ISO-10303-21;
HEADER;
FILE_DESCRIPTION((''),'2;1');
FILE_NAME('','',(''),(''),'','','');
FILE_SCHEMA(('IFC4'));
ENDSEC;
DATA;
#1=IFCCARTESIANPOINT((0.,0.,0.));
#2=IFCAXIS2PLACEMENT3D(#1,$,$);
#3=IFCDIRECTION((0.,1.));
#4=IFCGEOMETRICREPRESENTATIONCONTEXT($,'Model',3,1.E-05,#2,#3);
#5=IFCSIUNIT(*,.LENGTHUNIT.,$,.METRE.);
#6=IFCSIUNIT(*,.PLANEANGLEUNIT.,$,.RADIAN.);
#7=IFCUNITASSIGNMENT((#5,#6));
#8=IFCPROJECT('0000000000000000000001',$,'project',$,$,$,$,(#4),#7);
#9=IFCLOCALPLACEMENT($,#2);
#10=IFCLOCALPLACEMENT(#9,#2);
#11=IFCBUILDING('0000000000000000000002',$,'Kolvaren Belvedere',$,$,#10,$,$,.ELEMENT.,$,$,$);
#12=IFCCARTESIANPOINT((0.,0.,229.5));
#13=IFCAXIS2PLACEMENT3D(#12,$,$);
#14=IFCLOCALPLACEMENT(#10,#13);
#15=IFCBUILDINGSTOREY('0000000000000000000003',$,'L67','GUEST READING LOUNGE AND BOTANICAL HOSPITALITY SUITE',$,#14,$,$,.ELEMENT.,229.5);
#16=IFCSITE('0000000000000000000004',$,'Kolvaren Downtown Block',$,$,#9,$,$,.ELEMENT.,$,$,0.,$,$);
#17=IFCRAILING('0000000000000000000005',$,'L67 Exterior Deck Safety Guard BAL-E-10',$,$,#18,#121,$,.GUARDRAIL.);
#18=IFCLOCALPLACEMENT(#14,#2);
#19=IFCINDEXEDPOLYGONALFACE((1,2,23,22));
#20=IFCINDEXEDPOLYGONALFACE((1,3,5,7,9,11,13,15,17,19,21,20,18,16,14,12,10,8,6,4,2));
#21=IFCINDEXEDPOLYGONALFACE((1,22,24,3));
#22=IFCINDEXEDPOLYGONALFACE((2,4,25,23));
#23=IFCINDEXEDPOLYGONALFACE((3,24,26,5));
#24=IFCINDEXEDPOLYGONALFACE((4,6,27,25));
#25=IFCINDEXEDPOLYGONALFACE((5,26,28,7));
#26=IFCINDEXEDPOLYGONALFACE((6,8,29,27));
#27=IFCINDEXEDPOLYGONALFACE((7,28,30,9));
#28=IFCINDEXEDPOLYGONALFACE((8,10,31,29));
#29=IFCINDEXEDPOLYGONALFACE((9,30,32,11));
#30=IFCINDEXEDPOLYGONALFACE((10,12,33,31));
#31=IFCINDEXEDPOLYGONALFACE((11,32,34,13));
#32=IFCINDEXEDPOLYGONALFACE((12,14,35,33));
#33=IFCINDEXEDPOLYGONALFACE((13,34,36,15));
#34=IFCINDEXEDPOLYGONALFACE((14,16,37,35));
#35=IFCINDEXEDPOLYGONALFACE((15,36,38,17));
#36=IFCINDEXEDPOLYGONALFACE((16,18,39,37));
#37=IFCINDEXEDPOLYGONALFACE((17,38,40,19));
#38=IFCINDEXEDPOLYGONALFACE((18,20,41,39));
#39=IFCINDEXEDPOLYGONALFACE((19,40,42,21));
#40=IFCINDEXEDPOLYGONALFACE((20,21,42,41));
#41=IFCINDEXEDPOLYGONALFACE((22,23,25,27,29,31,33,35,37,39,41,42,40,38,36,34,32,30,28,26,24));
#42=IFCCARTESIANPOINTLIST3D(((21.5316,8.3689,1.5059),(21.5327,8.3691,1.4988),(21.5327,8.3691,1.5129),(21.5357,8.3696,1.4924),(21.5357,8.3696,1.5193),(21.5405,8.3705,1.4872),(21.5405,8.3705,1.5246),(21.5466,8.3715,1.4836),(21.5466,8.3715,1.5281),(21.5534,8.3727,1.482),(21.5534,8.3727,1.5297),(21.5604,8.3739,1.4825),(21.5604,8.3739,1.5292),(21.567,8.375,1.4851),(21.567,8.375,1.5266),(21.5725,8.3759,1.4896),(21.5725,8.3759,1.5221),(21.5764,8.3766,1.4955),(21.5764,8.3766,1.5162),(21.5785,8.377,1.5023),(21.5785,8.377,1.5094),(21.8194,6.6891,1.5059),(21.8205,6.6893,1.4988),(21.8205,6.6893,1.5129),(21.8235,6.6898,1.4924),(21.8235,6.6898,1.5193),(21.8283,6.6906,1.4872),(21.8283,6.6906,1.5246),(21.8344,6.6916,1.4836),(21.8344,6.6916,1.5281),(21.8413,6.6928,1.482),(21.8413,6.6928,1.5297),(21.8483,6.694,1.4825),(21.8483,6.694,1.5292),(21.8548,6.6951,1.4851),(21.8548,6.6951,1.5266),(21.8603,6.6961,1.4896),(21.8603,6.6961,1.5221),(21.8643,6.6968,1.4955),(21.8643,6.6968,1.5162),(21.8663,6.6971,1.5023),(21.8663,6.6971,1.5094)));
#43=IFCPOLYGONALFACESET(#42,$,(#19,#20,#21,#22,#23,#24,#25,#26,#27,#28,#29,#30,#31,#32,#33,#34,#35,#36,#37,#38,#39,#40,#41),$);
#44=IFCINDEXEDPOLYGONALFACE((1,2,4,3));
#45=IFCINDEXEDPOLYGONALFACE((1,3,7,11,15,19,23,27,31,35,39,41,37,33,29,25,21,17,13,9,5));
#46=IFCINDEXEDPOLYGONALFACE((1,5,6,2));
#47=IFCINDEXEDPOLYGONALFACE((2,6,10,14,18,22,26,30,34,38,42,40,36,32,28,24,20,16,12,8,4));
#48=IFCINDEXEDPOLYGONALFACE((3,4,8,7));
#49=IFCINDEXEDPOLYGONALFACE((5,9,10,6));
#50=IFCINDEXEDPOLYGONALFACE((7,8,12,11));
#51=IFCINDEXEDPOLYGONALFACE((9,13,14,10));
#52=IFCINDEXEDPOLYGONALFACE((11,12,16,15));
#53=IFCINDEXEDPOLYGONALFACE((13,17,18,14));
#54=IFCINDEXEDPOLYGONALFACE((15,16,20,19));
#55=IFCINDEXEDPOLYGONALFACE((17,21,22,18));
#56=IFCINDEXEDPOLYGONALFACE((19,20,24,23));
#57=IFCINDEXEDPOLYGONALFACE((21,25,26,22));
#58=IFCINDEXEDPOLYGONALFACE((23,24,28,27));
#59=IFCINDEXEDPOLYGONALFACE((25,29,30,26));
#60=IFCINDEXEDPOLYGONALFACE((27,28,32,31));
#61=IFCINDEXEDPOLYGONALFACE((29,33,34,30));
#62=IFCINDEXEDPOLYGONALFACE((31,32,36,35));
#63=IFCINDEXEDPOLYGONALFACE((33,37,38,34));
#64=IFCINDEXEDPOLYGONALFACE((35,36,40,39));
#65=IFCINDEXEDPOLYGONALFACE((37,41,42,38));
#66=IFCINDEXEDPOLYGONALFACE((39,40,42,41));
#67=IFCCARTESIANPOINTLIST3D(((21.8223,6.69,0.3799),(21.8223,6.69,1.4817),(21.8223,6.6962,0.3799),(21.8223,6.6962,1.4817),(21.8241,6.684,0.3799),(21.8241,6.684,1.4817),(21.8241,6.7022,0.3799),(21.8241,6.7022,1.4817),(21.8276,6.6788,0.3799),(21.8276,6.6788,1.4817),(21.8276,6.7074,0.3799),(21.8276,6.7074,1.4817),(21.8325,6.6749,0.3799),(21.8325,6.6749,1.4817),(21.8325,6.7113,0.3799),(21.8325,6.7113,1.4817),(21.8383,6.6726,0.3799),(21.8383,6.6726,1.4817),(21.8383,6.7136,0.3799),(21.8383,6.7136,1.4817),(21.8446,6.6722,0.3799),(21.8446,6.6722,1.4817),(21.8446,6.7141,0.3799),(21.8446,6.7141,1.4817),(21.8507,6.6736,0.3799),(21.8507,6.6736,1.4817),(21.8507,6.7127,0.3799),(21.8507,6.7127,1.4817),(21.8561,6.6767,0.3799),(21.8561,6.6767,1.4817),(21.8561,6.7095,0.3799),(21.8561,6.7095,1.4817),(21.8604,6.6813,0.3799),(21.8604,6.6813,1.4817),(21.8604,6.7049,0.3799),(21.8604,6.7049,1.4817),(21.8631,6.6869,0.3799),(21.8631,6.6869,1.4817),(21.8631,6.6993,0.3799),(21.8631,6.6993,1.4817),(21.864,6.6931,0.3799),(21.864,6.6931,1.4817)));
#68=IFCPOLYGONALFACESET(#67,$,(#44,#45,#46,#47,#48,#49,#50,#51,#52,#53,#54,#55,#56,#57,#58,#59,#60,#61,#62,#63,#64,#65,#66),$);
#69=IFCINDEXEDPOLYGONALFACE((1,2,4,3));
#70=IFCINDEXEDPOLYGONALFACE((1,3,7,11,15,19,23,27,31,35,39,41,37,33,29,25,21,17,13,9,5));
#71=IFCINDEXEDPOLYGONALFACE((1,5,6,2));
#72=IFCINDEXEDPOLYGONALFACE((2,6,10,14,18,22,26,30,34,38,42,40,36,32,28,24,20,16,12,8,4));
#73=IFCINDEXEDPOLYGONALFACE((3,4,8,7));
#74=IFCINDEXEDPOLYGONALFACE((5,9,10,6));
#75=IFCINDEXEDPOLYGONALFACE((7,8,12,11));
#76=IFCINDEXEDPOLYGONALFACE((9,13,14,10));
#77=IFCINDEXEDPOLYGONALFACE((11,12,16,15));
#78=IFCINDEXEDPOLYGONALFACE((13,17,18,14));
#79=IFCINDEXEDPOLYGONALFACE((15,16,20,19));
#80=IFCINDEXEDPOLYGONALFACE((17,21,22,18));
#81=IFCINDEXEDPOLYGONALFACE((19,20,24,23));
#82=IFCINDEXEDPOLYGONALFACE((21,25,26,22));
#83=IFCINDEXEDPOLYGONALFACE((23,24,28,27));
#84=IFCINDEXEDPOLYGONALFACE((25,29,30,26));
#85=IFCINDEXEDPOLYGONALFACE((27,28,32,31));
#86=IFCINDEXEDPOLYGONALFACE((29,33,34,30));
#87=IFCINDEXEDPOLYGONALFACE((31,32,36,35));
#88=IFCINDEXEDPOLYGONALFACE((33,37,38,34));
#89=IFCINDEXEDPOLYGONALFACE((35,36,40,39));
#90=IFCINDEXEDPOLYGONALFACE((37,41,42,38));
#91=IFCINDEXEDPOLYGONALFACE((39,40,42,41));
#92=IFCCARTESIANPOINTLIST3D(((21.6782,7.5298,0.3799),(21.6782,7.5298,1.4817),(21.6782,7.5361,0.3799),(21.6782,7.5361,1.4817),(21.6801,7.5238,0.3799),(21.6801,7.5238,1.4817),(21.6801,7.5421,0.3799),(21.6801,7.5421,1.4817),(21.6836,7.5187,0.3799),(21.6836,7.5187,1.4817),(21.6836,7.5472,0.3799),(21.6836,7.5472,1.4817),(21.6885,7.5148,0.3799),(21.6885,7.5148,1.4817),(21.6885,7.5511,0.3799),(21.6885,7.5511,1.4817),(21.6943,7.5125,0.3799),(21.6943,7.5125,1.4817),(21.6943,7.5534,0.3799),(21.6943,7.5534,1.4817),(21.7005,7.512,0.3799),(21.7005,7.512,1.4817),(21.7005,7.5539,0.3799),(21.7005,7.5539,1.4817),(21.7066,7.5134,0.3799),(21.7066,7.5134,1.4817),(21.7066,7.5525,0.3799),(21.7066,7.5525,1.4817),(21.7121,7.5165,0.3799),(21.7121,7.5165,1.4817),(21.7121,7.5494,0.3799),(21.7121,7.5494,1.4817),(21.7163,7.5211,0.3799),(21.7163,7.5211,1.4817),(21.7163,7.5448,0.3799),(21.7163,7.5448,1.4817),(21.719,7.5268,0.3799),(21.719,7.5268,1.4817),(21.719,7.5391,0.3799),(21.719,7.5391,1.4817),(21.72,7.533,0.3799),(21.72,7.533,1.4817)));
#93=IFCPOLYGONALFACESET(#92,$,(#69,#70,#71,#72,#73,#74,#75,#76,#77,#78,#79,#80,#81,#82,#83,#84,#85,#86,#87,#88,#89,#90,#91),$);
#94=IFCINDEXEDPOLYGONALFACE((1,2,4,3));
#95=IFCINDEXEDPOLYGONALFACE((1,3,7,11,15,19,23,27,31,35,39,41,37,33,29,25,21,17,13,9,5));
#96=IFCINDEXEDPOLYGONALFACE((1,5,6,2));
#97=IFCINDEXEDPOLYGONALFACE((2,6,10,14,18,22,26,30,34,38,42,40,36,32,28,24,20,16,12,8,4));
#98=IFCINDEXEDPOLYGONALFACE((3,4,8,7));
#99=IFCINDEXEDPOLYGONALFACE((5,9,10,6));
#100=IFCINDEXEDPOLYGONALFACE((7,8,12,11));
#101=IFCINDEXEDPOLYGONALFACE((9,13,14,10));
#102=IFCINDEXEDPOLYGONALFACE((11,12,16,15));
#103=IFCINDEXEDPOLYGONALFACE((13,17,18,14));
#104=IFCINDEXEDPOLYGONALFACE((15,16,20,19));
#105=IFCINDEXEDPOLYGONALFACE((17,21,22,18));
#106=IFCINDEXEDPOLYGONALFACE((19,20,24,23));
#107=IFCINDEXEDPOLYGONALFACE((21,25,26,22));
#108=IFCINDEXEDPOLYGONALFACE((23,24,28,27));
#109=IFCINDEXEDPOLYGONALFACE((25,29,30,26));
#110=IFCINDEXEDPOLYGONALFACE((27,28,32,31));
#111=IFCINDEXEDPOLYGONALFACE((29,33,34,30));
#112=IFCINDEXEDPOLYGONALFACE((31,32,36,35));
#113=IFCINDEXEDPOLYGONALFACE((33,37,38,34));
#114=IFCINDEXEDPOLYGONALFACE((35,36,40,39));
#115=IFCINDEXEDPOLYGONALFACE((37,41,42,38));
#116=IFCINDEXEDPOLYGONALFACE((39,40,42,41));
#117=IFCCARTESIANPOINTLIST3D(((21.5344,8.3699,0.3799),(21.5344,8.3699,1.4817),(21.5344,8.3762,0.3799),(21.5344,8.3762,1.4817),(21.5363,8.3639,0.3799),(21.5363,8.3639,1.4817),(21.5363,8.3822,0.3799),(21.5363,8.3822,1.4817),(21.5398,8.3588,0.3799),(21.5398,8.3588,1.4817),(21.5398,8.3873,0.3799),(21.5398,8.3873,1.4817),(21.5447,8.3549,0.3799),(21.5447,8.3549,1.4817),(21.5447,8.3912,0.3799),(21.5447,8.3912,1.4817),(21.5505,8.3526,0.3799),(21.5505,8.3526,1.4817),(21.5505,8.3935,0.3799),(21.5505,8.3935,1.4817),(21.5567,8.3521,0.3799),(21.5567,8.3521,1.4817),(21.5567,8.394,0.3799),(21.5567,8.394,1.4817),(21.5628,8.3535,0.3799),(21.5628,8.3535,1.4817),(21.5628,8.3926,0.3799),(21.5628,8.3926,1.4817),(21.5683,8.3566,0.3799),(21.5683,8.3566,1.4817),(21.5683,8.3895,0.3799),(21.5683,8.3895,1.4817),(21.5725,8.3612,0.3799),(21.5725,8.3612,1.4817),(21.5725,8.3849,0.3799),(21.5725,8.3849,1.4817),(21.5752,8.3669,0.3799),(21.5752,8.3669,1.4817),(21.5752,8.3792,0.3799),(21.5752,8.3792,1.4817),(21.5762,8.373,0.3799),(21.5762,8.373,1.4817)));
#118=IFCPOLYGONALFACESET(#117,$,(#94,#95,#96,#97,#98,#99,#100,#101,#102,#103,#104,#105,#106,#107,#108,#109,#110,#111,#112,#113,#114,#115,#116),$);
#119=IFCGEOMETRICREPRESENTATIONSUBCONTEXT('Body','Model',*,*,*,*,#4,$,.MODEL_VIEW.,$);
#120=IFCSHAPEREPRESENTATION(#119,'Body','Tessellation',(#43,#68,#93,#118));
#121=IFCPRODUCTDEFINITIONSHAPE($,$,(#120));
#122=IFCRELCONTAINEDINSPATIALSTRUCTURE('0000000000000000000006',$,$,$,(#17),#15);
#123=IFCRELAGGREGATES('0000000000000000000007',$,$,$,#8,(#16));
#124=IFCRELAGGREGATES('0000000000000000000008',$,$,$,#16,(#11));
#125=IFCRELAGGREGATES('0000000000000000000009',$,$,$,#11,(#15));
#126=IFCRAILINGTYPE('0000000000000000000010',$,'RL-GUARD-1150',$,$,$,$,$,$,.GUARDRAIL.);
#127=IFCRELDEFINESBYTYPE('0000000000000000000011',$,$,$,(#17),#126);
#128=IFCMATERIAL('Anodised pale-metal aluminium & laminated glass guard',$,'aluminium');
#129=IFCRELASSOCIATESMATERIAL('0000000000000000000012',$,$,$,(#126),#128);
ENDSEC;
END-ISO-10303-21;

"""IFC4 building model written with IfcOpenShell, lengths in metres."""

from ifc_helpers import new_model, si_unit, direction, frame, origin, origin_2d, place, context, subcontext, project, spatial, circle, extrude, material, type_object, element, save


model = new_model("IFC4")

# Units and contexts
model_context = context("Model", 3, precision=1e-05, world=origin(), true_north=direction((0.0, 1.0)))
body_context = subcontext(model_context, "Body", "Model", "MODEL_VIEW")
ifc_project = project(units=[si_unit("LENGTHUNIT", "METRE"), si_unit("PLANEANGLEUNIT", "RADIAN")], contexts=[model_context])

# Site, building, storey
site_placement = place(None, origin())
site = spatial("IfcSite", under=ifc_project, at=site_placement, Name="Kolvaren Downtown Block", CompositionType="ELEMENT", RefElevation=0.0)
building_placement = place(site_placement, origin())
building = spatial("IfcBuilding", under=site, at=building_placement, Name="Kolvaren Belvedere", CompositionType="ELEMENT")
storey_placement = place(building_placement, frame((0.0, 0.0, 229.5)))
storey = spatial("IfcBuildingStorey", under=building, at=storey_placement, Name="L67", Description="GUEST READING LOUNGE AND BOTANICAL HOSPITALITY SUITE", CompositionType="ELEMENT", Elevation=229.5)

# Railing
ifc_material_1 = material(Name="Anodised pale-metal aluminium & laminated glass guard", Category="aluminium")
railing_type = type_object("IfcRailingType", Name="RL-GUARD-1150", PredefinedType="GUARDRAIL", material=ifc_material_1)
railing_1_placement = place(storey_placement, frame((21.843, 6.6931, 0.3799)))
element("IfcRailing", 1, at=railing_1_placement, inside=storey, type_object=railing_type, Name="L67 Exterior Deck Safety Guard BAL-E-10", PredefinedType="GUARDRAIL", context=body_context, shape_type="SweptSolid", body=[
    extrude(circle(Radius=0.0239, at=origin_2d()), frame((0.0, 0.0, 1.126), z_axis=(-0.16888, 0.985637, 0.0), x_axis=(-0.985637, -0.16888, 0.0)), (0.0, 0.0, 1.0), 1.7043),
    extrude(circle(Radius=0.021, at=origin_2d()), origin(), (0.0, 0.0, 1.0), 1.1018),
    extrude(circle(Radius=0.021, at=origin_2d()), frame((-0.144, 0.8398, 0.0)), (0.0, 0.0, 1.0), 1.1018),
    extrude(circle(Radius=0.021, at=origin_2d()), frame((-0.2878, 1.6799, 0.0)), (0.0, 0.0, 1.0), 1.1018),
])

save(model, "model.ifc")
